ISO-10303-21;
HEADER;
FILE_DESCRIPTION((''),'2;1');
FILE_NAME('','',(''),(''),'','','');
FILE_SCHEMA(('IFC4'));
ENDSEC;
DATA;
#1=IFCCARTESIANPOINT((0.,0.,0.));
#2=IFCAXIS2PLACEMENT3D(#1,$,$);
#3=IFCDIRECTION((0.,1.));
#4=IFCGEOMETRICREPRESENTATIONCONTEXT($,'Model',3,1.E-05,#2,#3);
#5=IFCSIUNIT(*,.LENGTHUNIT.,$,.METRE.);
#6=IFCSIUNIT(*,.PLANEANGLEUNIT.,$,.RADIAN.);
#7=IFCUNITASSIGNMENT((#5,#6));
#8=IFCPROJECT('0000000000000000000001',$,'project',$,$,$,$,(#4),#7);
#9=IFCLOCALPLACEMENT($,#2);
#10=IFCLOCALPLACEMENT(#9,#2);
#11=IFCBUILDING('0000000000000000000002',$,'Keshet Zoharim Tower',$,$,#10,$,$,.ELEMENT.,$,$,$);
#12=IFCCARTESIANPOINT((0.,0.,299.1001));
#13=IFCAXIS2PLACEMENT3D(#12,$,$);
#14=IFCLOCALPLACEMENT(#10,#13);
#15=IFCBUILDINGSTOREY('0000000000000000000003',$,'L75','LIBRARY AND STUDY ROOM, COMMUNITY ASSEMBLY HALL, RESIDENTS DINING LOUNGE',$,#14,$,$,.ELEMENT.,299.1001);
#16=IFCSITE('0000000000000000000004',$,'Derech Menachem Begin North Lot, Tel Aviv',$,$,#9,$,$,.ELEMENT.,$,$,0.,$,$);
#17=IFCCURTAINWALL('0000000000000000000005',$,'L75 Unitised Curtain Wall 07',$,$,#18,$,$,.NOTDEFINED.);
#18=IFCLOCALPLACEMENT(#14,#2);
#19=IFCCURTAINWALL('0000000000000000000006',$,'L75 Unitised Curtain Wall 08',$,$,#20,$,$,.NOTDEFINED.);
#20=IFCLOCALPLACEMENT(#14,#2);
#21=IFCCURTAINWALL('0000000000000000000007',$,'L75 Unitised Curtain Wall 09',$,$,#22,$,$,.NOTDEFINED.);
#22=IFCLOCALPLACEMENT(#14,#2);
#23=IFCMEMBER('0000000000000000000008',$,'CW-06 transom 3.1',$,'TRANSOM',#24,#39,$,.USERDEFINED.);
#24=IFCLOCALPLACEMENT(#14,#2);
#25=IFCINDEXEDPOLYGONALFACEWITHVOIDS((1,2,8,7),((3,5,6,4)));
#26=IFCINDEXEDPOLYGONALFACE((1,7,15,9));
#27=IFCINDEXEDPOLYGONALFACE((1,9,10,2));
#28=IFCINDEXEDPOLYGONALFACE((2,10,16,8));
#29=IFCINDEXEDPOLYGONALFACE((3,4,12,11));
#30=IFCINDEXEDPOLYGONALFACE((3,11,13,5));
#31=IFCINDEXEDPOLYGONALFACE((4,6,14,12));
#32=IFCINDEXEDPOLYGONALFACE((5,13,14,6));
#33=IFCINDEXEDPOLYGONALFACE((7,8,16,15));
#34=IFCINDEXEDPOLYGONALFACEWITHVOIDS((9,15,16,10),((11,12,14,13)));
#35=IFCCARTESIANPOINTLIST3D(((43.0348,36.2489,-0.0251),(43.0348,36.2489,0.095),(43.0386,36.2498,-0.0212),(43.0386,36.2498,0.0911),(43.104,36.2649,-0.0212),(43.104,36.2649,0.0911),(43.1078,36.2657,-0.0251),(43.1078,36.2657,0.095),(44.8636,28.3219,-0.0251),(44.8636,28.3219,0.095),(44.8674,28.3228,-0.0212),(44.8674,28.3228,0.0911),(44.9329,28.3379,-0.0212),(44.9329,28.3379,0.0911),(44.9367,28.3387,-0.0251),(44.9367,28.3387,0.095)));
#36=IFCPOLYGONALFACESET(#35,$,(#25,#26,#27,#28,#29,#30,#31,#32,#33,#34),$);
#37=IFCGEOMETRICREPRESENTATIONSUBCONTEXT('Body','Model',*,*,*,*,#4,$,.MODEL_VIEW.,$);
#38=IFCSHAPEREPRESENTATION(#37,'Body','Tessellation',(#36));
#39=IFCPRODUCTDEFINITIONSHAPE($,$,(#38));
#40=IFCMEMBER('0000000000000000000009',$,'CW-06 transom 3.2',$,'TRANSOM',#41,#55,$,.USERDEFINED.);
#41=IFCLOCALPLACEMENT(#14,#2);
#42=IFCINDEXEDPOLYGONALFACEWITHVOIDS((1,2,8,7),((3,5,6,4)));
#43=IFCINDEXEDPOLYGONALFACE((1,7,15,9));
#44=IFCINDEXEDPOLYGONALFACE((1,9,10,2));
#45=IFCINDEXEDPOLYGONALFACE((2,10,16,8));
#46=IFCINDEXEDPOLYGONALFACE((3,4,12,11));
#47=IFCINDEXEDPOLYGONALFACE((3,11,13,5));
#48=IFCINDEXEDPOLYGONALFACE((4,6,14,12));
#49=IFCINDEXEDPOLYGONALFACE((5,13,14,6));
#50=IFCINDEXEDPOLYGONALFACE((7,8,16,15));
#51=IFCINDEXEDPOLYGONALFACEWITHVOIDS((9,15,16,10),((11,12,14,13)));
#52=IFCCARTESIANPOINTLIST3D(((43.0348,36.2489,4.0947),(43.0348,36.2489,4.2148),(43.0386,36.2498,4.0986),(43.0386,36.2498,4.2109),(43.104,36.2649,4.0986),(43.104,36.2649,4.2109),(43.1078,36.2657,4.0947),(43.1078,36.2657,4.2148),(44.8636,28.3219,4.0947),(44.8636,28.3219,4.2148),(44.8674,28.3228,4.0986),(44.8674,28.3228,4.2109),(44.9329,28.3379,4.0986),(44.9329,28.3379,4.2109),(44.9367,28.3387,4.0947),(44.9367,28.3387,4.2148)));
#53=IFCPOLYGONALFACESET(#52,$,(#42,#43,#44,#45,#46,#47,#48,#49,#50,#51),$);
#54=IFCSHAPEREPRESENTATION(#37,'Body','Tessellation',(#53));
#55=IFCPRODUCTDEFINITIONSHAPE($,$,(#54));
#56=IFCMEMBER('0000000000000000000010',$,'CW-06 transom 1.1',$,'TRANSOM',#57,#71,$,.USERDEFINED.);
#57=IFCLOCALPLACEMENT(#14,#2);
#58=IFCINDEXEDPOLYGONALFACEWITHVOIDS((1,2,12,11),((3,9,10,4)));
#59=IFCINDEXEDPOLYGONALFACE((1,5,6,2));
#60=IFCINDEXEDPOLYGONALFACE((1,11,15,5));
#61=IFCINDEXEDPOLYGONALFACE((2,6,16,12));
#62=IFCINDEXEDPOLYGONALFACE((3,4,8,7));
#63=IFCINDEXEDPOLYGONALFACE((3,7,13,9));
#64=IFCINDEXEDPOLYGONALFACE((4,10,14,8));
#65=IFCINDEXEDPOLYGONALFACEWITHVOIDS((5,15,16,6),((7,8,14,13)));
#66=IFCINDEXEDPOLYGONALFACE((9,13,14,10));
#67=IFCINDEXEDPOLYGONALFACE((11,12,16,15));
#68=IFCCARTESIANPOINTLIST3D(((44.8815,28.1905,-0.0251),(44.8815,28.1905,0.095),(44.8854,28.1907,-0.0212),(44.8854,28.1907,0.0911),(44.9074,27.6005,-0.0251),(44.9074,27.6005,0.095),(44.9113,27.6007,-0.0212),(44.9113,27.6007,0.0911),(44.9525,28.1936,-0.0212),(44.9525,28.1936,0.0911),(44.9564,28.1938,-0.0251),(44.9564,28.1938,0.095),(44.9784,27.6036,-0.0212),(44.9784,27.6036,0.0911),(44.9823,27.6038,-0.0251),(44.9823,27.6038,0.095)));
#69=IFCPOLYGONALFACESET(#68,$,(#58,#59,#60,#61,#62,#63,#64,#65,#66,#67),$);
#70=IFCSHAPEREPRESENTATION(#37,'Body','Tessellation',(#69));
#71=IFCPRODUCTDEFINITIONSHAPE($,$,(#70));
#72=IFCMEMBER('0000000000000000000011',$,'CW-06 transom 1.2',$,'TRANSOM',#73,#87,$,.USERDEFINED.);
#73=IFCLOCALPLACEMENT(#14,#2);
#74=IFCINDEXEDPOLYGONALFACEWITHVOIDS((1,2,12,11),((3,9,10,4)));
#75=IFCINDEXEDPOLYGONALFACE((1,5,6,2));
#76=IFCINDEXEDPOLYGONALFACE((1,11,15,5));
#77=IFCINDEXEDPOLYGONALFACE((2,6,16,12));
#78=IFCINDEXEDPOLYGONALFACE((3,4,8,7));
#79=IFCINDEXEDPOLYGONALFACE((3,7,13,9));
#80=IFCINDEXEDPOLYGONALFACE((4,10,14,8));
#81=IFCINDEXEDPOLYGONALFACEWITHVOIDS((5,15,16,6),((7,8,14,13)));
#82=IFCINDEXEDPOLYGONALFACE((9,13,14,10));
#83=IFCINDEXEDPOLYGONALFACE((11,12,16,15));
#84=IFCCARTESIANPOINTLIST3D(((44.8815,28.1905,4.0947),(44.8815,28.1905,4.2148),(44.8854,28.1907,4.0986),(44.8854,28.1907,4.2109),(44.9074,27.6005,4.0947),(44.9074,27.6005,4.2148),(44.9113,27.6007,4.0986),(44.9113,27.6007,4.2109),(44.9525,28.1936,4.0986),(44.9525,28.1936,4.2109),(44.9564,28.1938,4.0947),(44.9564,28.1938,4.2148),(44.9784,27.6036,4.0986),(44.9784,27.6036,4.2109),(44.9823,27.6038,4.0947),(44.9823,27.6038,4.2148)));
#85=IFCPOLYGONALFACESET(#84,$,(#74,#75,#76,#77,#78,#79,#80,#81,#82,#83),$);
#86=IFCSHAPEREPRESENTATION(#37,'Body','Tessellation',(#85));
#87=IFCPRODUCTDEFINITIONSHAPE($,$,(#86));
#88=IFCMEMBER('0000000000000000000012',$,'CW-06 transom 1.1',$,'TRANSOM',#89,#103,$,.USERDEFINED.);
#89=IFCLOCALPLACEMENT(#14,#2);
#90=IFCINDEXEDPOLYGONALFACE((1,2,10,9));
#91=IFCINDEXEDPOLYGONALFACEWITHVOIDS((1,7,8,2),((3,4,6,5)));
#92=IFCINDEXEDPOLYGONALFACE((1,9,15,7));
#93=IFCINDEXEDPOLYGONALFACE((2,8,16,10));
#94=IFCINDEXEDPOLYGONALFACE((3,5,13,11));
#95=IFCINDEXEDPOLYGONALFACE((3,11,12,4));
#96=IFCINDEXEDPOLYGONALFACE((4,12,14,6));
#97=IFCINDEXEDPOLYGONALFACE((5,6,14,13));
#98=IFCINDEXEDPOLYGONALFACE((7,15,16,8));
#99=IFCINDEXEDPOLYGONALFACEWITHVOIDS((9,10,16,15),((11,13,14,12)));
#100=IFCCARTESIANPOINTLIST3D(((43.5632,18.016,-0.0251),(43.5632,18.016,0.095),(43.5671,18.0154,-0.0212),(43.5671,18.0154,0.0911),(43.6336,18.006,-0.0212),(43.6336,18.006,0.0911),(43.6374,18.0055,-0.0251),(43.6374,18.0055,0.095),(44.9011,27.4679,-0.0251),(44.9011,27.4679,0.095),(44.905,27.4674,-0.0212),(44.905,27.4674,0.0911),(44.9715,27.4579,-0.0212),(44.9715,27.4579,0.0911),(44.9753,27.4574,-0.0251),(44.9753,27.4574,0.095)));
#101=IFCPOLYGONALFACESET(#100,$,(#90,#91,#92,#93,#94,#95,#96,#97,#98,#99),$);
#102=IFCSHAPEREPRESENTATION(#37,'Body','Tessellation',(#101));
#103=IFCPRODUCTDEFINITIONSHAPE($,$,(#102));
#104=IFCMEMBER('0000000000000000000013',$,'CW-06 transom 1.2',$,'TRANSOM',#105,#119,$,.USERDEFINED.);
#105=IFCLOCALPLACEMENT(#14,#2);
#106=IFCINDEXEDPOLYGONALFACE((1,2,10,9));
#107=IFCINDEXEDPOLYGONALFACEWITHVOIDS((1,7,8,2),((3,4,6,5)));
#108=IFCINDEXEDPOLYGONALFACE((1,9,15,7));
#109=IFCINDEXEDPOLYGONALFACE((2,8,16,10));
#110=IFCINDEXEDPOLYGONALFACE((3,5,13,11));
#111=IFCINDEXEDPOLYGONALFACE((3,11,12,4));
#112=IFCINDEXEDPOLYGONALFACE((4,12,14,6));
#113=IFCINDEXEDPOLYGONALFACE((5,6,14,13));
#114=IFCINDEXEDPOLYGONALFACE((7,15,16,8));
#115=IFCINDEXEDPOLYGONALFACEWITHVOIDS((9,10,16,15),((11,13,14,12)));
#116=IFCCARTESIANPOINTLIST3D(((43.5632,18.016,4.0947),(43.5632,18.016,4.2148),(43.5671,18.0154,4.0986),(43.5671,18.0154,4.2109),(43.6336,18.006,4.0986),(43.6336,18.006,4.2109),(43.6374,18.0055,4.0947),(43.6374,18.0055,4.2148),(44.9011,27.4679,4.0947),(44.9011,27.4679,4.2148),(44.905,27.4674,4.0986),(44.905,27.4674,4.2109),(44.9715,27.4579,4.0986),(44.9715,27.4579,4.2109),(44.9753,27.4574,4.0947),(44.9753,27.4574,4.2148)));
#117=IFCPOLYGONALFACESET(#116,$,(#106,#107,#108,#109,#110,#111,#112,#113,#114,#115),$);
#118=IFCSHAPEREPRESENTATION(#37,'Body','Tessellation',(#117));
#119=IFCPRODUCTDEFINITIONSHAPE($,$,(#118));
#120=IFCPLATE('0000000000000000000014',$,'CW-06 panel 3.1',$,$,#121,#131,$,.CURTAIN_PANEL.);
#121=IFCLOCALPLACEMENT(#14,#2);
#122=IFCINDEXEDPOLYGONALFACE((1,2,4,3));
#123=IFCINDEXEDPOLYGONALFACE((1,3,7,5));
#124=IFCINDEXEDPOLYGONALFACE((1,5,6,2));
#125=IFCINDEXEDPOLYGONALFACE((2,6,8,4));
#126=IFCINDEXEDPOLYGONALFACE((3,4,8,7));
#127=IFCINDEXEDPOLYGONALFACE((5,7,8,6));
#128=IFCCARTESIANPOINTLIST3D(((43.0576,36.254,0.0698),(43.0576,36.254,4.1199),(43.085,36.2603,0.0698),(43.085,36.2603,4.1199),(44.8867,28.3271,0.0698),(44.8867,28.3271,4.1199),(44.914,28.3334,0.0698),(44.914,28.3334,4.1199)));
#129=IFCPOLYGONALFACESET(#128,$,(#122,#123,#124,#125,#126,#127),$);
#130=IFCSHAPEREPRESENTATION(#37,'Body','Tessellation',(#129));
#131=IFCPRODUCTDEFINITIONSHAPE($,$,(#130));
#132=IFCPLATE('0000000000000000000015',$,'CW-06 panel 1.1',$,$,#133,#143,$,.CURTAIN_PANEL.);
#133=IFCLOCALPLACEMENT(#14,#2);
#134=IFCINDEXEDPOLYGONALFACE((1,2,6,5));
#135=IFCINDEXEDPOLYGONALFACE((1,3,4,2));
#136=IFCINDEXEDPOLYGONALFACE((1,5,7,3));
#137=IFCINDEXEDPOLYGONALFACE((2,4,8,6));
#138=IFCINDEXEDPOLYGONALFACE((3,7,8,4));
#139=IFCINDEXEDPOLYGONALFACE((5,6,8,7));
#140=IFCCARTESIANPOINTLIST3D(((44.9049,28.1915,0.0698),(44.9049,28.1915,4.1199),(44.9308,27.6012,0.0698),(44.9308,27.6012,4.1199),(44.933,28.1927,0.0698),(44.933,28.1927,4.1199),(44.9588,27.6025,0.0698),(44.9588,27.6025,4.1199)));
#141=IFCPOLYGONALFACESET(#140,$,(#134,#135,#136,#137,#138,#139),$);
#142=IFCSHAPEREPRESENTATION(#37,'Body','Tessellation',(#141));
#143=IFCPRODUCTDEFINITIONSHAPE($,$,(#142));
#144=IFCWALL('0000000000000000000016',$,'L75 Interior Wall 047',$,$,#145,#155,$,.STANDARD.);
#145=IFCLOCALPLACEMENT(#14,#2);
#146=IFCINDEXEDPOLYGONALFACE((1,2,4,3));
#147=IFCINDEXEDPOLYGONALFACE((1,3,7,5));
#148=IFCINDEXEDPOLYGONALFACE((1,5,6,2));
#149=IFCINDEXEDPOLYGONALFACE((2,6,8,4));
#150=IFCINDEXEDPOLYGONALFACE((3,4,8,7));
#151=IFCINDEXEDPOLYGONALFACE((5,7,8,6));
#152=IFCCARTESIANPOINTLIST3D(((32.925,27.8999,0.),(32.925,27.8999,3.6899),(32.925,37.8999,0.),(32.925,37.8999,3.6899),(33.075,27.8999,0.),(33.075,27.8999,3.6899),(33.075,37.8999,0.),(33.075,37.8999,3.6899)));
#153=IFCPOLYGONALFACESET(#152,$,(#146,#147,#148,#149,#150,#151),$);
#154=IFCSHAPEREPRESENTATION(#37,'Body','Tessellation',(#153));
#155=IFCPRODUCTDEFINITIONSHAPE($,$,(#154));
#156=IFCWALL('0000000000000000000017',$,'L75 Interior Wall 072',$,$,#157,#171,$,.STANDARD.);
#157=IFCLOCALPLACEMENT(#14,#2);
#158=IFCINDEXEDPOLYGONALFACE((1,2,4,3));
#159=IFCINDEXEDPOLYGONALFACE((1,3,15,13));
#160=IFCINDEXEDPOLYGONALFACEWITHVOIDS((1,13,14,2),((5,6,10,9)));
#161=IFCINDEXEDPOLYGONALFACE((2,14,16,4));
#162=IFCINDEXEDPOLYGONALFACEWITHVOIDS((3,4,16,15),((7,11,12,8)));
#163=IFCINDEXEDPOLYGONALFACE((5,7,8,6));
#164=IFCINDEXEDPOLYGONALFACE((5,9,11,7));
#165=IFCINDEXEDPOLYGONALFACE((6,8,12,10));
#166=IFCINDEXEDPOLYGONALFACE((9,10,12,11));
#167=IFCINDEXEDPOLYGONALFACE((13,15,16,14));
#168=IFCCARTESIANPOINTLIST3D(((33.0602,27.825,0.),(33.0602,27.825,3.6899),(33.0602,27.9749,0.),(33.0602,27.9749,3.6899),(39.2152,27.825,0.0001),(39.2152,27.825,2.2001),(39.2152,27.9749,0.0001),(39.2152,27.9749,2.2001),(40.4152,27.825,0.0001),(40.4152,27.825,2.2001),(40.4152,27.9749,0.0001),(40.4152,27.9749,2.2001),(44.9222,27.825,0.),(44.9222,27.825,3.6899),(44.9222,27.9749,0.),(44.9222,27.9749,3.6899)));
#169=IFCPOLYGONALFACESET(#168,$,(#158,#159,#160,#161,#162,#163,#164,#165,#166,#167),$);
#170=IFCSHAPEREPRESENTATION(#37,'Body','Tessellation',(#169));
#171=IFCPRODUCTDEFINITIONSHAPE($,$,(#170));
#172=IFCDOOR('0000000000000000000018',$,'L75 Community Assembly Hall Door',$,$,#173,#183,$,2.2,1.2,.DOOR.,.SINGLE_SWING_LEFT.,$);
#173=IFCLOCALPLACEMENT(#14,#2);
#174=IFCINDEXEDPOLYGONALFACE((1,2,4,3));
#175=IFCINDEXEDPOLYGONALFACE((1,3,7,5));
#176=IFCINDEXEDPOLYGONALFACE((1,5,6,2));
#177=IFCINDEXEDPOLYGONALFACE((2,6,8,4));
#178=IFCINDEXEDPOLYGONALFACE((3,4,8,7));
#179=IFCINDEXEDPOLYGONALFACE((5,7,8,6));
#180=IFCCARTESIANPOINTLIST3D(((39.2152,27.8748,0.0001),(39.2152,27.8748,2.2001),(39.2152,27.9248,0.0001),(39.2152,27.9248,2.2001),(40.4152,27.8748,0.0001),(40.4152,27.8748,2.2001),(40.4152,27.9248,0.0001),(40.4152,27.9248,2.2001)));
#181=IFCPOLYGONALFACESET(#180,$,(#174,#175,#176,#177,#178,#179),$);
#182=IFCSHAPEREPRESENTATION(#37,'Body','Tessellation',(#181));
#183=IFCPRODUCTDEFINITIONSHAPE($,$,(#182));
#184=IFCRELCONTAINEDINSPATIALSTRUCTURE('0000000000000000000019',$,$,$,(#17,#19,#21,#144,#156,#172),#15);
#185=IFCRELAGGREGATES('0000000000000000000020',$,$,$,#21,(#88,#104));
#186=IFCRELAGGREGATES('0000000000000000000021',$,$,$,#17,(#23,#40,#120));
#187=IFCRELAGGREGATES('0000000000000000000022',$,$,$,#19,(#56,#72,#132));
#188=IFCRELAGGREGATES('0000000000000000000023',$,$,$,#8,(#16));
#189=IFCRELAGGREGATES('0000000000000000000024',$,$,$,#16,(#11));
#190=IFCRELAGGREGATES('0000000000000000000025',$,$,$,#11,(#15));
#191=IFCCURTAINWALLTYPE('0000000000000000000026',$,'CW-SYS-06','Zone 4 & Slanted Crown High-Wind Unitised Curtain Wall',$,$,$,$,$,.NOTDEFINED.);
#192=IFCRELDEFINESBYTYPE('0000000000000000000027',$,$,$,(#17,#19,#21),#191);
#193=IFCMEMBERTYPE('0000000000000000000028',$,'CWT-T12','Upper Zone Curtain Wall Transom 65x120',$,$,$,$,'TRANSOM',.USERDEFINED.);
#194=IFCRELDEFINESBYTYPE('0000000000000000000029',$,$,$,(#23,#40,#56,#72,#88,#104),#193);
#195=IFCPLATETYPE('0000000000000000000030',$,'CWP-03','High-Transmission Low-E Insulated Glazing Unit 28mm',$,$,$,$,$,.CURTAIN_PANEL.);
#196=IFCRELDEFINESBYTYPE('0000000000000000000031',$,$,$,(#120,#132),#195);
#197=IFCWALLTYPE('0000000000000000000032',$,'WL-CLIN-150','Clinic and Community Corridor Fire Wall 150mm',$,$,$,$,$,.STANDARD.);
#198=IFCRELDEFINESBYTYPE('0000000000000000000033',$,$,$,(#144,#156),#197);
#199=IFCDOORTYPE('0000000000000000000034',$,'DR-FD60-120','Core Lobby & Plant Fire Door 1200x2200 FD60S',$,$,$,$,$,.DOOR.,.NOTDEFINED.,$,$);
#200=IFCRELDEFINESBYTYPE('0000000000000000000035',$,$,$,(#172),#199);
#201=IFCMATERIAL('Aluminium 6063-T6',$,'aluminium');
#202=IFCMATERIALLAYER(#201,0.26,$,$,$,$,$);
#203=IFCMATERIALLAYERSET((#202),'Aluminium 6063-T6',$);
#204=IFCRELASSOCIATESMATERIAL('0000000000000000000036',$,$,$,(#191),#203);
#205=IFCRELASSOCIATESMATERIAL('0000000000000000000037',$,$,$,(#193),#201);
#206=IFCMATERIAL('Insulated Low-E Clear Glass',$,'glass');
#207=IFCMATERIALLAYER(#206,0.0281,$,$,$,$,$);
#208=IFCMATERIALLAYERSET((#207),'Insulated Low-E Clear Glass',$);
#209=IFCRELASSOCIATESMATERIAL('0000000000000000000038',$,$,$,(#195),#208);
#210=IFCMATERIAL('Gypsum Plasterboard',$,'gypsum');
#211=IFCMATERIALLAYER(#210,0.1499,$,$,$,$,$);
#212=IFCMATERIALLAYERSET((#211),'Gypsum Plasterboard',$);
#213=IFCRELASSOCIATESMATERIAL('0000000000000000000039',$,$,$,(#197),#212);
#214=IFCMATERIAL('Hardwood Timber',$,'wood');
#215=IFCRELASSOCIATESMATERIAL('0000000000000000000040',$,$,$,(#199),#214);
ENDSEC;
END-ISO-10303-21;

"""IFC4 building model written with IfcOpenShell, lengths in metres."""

from ifc_helpers import new_model, si_unit, direction, frame, frame_2d, origin, origin_2d, place, context, subcontext, project, spatial, rectangle, hollow_rectangle, extrude, material, layer, layer_set, material_profile, profile_set, type_object, element, fill, aggregate, save


model = new_model("IFC4")

# Units and contexts
model_context = context("Model", 3, precision=1e-05, world=origin(), true_north=direction((0.0, 1.0)))
body_context = subcontext(model_context, "Body", "Model", "MODEL_VIEW")
ifc_project = project(units=[si_unit("LENGTHUNIT", "METRE"), si_unit("PLANEANGLEUNIT", "RADIAN")], contexts=[model_context])

# Site, building, storey
site_placement = place(None, origin())
site = spatial("IfcSite", under=ifc_project, at=site_placement, Name="Derech Menachem Begin North Lot, Tel Aviv", CompositionType="ELEMENT", RefElevation=0.0)
building_placement = place(site_placement, origin())
building = spatial("IfcBuilding", under=site, at=building_placement, Name="Keshet Zoharim Tower", CompositionType="ELEMENT")
storey_placement = place(building_placement, frame((0.0, 0.0, 299.1001)))
storey = spatial("IfcBuildingStorey", under=building, at=storey_placement, Name="L75", Description="LIBRARY AND STUDY ROOM, COMMUNITY ASSEMBLY HALL, RESIDENTS DINING LOUNGE", CompositionType="ELEMENT", Elevation=299.1001)

# Curtain walls
ifc_material_1 = material(Name="Aluminium 6063-T6", Category="aluminium")
ifc_layer_1 = layer(ifc_material_1, 0.26)
ifc_layer_set_1 = layer_set([ifc_layer_1], Name="Aluminium 6063-T6")
curtain_wall_type = type_object("IfcCurtainWallType", Name="CW-SYS-06", Description="Zone 4 & Slanted Crown High-Wind Unitised Curtain Wall", PredefinedType="NOTDEFINED", material=ifc_layer_set_1)
curtain_wall_1_placement = place(storey_placement, origin())
curtain_wall_1 = element("IfcCurtainWall", 1, at=curtain_wall_1_placement, inside=storey, type_object=curtain_wall_type, Name="L75 Unitised Curtain Wall 07", PredefinedType="NOTDEFINED")
curtain_wall_2_placement = place(storey_placement, origin())
curtain_wall_2 = element("IfcCurtainWall", 2, at=curtain_wall_2_placement, inside=storey, type_object=curtain_wall_type, Name="L75 Unitised Curtain Wall 08", PredefinedType="NOTDEFINED")

# Curtain wall
curtain_wall_3_placement = place(storey_placement, origin())
curtain_wall_3 = element("IfcCurtainWall", 3, at=curtain_wall_3_placement, inside=storey, type_object=curtain_wall_type, Name="L75 Unitised Curtain Wall 09", PredefinedType="NOTDEFINED")

# Members
ifc_material_profile_1 = material_profile(ifc_material_1, hollow_rectangle(XDim=0.075, YDim=0.1201, WallThickness=0.0039, at=origin_2d()), Name="TRN-75x120")
ifc_profile_set_1 = profile_set([ifc_material_profile_1], Name="Aluminium 6063-T6")
member_type_1 = type_object("IfcMemberType", Name="CWT-T12", Description="Upper Zone Curtain Wall Transom 65x120", ElementType="TRANSOM", PredefinedType="USERDEFINED", material=ifc_profile_set_1)
member_1_placement = place(storey_placement, frame((43.0713, 36.2573, 0.0349), z_axis=(0.224807, -0.974403, 0.0), x_axis=(0.974403, 0.224807, 0.0)))
member_1 = element("IfcMember", 4, at=member_1_placement, type_object=member_type_1, Name="CW-06 transom 3.1", ObjectType="TRANSOM", PredefinedType="USERDEFINED", context=body_context, shape_type="SweptSolid", body=[
    extrude(hollow_rectangle(XDim=0.075, YDim=0.1201, WallThickness=0.0039, at=origin_2d()), origin(), (0.0, 0.0, 1.0), 8.1353),
])
member_2_placement = place(storey_placement, frame((43.0713, 36.2573, 4.1548), z_axis=(0.224807, -0.974403, 0.0), x_axis=(0.974403, 0.224807, 0.0)))
member_2 = element("IfcMember", 5, at=member_2_placement, type_object=member_type_1, Name="CW-06 transom 3.2", ObjectType="TRANSOM", PredefinedType="USERDEFINED", context=body_context, shape_type="SweptSolid", body=[
    extrude(hollow_rectangle(XDim=0.075, YDim=0.1201, WallThickness=0.0039, at=origin_2d()), origin(), (0.0, 0.0, 1.0), 8.1353),
])
member_3_placement = place(storey_placement, frame((44.9189, 28.1921, 0.0349), z_axis=(0.043814, -0.99904, 0.0), x_axis=(0.99904, 0.043814, 0.0)))
member_3 = element("IfcMember", 6, at=member_3_placement, type_object=member_type_1, Name="CW-06 transom 1.1", ObjectType="TRANSOM", PredefinedType="USERDEFINED", context=body_context, shape_type="SweptSolid", body=[
    extrude(hollow_rectangle(XDim=0.075, YDim=0.1201, WallThickness=0.0039, at=origin_2d()), origin(), (0.0, 0.0, 1.0), 0.5906),
])
member_4_placement = place(storey_placement, frame((44.9189, 28.1921, 4.1548), z_axis=(0.043814, -0.99904, 0.0), x_axis=(0.99904, 0.043814, 0.0)))
member_4 = element("IfcMember", 7, at=member_4_placement, type_object=member_type_1, Name="CW-06 transom 1.2", ObjectType="TRANSOM", PredefinedType="USERDEFINED", context=body_context, shape_type="SweptSolid", body=[
    extrude(hollow_rectangle(XDim=0.075, YDim=0.1201, WallThickness=0.0039, at=origin_2d()), origin(), (0.0, 0.0, 1.0), 0.5906),
])
member_5_placement = place(storey_placement, frame((44.9382, 27.4626, 0.0349), z_axis=(-0.14015, -0.99013, 0.0), x_axis=(0.99013, -0.14015, 0.0)))
member_5 = element("IfcMember", 8, at=member_5_placement, type_object=member_type_1, Name="CW-06 transom 1.1", ObjectType="TRANSOM", PredefinedType="USERDEFINED", context=body_context, shape_type="SweptSolid", body=[
    extrude(hollow_rectangle(XDim=0.075, YDim=0.1201, WallThickness=0.0039, at=origin_2d()), origin(), (0.0, 0.0, 1.0), 9.5461),
])
member_6_placement = place(storey_placement, frame((44.9382, 27.4626, 4.1548), z_axis=(-0.14015, -0.99013, 0.0), x_axis=(0.99013, -0.14015, 0.0)))
member_6 = element("IfcMember", 9, at=member_6_placement, type_object=member_type_1, Name="CW-06 transom 1.2", ObjectType="TRANSOM", PredefinedType="USERDEFINED", context=body_context, shape_type="SweptSolid", body=[
    extrude(hollow_rectangle(XDim=0.075, YDim=0.1201, WallThickness=0.0039, at=origin_2d()), origin(), (0.0, 0.0, 1.0), 9.5461),
])
aggregate(curtain_wall_3, [member_5, member_6])

# Plates
ifc_material_2 = material(Name="Insulated Low-E Clear Glass", Category="glass")
ifc_layer_2 = layer(ifc_material_2, 0.0281)
ifc_layer_set_2 = layer_set([ifc_layer_2], Name="Insulated Low-E Clear Glass")
plate_type = type_object("IfcPlateType", Name="CWP-03", Description="High-Transmission Low-E Insulated Glazing Unit 28mm", PredefinedType="CURTAIN_PANEL", material=ifc_layer_set_2)
plate_1_placement = place(storey_placement, frame((43.9858, 32.2937, 0.0698), z_axis=(0.0, 0.0, 1.0), x_axis=(0.22483, -0.974398, 0.0)))
plate_1 = element("IfcPlate", 10, at=plate_1_placement, type_object=plate_type, Name="CW-06 panel 3.1", PredefinedType="CURTAIN_PANEL", context=body_context, shape_type="SweptSolid", body=[
    extrude(rectangle(XDim=8.1353, YDim=0.0281, at=origin_2d()), origin(), (0.0, 0.0, 1.0), 4.05),
])
aggregate(curtain_wall_1, [member_1, member_2, plate_1])
plate_2_placement = place(storey_placement, frame((44.9319, 27.897, 0.0698), z_axis=(0.0, 0.0, 1.0), x_axis=(0.043794, -0.999041, 0.0)))
plate_2 = element("IfcPlate", 11, at=plate_2_placement, type_object=plate_type, Name="CW-06 panel 1.1", PredefinedType="CURTAIN_PANEL", context=body_context, shape_type="SweptSolid", body=[
    extrude(rectangle(XDim=0.5908, YDim=0.0281, at=origin_2d()), origin(), (0.0, 0.0, 1.0), 4.05),
])
aggregate(curtain_wall_2, [member_3, member_4, plate_2])

# Wall
ifc_material_3 = material(Name="Gypsum Plasterboard", Category="gypsum")
ifc_layer_3 = layer(ifc_material_3, 0.1499)
ifc_layer_set_3 = layer_set([ifc_layer_3], Name="Gypsum Plasterboard")
wall_type_1 = type_object("IfcWallType", Name="WL-CLIN-150", Description="Clinic and Community Corridor Fire Wall 150mm", PredefinedType="STANDARD", material=ifc_layer_set_3)
wall_1_placement = place(storey_placement, frame((33.0, 27.8999, 0.0), z_axis=(0.0, 0.0, 1.0), x_axis=(0.0, 1.0, 0.0)))
element("IfcWall", 12, at=wall_1_placement, inside=storey, type_object=wall_type_1, Name="L75 Interior Wall 047", PredefinedType="STANDARD", context=body_context, shape_type="SweptSolid", body=[
    extrude(rectangle(XDim=10.0, YDim=0.1499, at=frame_2d((5.0, 0.0))), origin(), (0.0, 0.0, 1.0), 3.6899),
])

# Wall, opening, door
wall_2_placement = place(storey_placement, frame((33.0601, 27.8999, 0.0), z_axis=(0.0, 0.0, 1.0), x_axis=(1.0, 0.0, 0.0)))
wall_2 = element("IfcWall", 13, at=wall_2_placement, inside=storey, type_object=wall_type_1, Name="L75 Interior Wall 072", PredefinedType="STANDARD", context=body_context, shape_type="SweptSolid", body=[
    extrude(rectangle(XDim=11.8621, YDim=0.1499, at=frame_2d((5.9312, 0.0))), origin(), (0.0, 0.0, 1.0), 3.6899),
])
opening_placement = place(wall_2_placement, frame((6.155, 0.0, 0.0)))
opening = element("IfcOpeningElement", 14, at=opening_placement, cuts=wall_2, PredefinedType="OPENING", context=body_context, shape_type="SweptSolid", body=[
    extrude(rectangle(XDim=1.2, YDim=2.2, at=frame_2d((0.6001, 1.1001))), frame((0.0, 0.085, 0.0), z_axis=(0.0, -1.0, 0.0), x_axis=(1.0, 0.0, 0.0)), (0.0, 0.0, 1.0), 0.1699),
])
ifc_material_4 = material(Name="Hardwood Timber", Category="wood")
door_type = type_object("IfcDoorType", Name="DR-FD60-120", Description="Core Lobby & Plant Fire Door 1200x2200 FD60S", OperationType="NOTDEFINED", PredefinedType="DOOR", material=ifc_material_4)
door_placement = place(opening_placement, origin())
door = element("IfcDoor", 15, at=door_placement, inside=storey, type_object=door_type, Name="L75 Community Assembly Hall Door", OperationType="SINGLE_SWING_LEFT", OverallHeight=2.2, OverallWidth=1.2, PredefinedType="DOOR", context=body_context, shape_type="SweptSolid", body=[
    extrude(rectangle(XDim=1.2, YDim=2.2, at=frame_2d((0.6001, 1.1001))), frame((0.0, 0.0249, 0.0), z_axis=(0.0, -1.0, 0.0), x_axis=(1.0, 0.0, 0.0)), (0.0, 0.0, 1.0), 0.05),
])
fill(opening, door)

save(model, "model.ifc")
